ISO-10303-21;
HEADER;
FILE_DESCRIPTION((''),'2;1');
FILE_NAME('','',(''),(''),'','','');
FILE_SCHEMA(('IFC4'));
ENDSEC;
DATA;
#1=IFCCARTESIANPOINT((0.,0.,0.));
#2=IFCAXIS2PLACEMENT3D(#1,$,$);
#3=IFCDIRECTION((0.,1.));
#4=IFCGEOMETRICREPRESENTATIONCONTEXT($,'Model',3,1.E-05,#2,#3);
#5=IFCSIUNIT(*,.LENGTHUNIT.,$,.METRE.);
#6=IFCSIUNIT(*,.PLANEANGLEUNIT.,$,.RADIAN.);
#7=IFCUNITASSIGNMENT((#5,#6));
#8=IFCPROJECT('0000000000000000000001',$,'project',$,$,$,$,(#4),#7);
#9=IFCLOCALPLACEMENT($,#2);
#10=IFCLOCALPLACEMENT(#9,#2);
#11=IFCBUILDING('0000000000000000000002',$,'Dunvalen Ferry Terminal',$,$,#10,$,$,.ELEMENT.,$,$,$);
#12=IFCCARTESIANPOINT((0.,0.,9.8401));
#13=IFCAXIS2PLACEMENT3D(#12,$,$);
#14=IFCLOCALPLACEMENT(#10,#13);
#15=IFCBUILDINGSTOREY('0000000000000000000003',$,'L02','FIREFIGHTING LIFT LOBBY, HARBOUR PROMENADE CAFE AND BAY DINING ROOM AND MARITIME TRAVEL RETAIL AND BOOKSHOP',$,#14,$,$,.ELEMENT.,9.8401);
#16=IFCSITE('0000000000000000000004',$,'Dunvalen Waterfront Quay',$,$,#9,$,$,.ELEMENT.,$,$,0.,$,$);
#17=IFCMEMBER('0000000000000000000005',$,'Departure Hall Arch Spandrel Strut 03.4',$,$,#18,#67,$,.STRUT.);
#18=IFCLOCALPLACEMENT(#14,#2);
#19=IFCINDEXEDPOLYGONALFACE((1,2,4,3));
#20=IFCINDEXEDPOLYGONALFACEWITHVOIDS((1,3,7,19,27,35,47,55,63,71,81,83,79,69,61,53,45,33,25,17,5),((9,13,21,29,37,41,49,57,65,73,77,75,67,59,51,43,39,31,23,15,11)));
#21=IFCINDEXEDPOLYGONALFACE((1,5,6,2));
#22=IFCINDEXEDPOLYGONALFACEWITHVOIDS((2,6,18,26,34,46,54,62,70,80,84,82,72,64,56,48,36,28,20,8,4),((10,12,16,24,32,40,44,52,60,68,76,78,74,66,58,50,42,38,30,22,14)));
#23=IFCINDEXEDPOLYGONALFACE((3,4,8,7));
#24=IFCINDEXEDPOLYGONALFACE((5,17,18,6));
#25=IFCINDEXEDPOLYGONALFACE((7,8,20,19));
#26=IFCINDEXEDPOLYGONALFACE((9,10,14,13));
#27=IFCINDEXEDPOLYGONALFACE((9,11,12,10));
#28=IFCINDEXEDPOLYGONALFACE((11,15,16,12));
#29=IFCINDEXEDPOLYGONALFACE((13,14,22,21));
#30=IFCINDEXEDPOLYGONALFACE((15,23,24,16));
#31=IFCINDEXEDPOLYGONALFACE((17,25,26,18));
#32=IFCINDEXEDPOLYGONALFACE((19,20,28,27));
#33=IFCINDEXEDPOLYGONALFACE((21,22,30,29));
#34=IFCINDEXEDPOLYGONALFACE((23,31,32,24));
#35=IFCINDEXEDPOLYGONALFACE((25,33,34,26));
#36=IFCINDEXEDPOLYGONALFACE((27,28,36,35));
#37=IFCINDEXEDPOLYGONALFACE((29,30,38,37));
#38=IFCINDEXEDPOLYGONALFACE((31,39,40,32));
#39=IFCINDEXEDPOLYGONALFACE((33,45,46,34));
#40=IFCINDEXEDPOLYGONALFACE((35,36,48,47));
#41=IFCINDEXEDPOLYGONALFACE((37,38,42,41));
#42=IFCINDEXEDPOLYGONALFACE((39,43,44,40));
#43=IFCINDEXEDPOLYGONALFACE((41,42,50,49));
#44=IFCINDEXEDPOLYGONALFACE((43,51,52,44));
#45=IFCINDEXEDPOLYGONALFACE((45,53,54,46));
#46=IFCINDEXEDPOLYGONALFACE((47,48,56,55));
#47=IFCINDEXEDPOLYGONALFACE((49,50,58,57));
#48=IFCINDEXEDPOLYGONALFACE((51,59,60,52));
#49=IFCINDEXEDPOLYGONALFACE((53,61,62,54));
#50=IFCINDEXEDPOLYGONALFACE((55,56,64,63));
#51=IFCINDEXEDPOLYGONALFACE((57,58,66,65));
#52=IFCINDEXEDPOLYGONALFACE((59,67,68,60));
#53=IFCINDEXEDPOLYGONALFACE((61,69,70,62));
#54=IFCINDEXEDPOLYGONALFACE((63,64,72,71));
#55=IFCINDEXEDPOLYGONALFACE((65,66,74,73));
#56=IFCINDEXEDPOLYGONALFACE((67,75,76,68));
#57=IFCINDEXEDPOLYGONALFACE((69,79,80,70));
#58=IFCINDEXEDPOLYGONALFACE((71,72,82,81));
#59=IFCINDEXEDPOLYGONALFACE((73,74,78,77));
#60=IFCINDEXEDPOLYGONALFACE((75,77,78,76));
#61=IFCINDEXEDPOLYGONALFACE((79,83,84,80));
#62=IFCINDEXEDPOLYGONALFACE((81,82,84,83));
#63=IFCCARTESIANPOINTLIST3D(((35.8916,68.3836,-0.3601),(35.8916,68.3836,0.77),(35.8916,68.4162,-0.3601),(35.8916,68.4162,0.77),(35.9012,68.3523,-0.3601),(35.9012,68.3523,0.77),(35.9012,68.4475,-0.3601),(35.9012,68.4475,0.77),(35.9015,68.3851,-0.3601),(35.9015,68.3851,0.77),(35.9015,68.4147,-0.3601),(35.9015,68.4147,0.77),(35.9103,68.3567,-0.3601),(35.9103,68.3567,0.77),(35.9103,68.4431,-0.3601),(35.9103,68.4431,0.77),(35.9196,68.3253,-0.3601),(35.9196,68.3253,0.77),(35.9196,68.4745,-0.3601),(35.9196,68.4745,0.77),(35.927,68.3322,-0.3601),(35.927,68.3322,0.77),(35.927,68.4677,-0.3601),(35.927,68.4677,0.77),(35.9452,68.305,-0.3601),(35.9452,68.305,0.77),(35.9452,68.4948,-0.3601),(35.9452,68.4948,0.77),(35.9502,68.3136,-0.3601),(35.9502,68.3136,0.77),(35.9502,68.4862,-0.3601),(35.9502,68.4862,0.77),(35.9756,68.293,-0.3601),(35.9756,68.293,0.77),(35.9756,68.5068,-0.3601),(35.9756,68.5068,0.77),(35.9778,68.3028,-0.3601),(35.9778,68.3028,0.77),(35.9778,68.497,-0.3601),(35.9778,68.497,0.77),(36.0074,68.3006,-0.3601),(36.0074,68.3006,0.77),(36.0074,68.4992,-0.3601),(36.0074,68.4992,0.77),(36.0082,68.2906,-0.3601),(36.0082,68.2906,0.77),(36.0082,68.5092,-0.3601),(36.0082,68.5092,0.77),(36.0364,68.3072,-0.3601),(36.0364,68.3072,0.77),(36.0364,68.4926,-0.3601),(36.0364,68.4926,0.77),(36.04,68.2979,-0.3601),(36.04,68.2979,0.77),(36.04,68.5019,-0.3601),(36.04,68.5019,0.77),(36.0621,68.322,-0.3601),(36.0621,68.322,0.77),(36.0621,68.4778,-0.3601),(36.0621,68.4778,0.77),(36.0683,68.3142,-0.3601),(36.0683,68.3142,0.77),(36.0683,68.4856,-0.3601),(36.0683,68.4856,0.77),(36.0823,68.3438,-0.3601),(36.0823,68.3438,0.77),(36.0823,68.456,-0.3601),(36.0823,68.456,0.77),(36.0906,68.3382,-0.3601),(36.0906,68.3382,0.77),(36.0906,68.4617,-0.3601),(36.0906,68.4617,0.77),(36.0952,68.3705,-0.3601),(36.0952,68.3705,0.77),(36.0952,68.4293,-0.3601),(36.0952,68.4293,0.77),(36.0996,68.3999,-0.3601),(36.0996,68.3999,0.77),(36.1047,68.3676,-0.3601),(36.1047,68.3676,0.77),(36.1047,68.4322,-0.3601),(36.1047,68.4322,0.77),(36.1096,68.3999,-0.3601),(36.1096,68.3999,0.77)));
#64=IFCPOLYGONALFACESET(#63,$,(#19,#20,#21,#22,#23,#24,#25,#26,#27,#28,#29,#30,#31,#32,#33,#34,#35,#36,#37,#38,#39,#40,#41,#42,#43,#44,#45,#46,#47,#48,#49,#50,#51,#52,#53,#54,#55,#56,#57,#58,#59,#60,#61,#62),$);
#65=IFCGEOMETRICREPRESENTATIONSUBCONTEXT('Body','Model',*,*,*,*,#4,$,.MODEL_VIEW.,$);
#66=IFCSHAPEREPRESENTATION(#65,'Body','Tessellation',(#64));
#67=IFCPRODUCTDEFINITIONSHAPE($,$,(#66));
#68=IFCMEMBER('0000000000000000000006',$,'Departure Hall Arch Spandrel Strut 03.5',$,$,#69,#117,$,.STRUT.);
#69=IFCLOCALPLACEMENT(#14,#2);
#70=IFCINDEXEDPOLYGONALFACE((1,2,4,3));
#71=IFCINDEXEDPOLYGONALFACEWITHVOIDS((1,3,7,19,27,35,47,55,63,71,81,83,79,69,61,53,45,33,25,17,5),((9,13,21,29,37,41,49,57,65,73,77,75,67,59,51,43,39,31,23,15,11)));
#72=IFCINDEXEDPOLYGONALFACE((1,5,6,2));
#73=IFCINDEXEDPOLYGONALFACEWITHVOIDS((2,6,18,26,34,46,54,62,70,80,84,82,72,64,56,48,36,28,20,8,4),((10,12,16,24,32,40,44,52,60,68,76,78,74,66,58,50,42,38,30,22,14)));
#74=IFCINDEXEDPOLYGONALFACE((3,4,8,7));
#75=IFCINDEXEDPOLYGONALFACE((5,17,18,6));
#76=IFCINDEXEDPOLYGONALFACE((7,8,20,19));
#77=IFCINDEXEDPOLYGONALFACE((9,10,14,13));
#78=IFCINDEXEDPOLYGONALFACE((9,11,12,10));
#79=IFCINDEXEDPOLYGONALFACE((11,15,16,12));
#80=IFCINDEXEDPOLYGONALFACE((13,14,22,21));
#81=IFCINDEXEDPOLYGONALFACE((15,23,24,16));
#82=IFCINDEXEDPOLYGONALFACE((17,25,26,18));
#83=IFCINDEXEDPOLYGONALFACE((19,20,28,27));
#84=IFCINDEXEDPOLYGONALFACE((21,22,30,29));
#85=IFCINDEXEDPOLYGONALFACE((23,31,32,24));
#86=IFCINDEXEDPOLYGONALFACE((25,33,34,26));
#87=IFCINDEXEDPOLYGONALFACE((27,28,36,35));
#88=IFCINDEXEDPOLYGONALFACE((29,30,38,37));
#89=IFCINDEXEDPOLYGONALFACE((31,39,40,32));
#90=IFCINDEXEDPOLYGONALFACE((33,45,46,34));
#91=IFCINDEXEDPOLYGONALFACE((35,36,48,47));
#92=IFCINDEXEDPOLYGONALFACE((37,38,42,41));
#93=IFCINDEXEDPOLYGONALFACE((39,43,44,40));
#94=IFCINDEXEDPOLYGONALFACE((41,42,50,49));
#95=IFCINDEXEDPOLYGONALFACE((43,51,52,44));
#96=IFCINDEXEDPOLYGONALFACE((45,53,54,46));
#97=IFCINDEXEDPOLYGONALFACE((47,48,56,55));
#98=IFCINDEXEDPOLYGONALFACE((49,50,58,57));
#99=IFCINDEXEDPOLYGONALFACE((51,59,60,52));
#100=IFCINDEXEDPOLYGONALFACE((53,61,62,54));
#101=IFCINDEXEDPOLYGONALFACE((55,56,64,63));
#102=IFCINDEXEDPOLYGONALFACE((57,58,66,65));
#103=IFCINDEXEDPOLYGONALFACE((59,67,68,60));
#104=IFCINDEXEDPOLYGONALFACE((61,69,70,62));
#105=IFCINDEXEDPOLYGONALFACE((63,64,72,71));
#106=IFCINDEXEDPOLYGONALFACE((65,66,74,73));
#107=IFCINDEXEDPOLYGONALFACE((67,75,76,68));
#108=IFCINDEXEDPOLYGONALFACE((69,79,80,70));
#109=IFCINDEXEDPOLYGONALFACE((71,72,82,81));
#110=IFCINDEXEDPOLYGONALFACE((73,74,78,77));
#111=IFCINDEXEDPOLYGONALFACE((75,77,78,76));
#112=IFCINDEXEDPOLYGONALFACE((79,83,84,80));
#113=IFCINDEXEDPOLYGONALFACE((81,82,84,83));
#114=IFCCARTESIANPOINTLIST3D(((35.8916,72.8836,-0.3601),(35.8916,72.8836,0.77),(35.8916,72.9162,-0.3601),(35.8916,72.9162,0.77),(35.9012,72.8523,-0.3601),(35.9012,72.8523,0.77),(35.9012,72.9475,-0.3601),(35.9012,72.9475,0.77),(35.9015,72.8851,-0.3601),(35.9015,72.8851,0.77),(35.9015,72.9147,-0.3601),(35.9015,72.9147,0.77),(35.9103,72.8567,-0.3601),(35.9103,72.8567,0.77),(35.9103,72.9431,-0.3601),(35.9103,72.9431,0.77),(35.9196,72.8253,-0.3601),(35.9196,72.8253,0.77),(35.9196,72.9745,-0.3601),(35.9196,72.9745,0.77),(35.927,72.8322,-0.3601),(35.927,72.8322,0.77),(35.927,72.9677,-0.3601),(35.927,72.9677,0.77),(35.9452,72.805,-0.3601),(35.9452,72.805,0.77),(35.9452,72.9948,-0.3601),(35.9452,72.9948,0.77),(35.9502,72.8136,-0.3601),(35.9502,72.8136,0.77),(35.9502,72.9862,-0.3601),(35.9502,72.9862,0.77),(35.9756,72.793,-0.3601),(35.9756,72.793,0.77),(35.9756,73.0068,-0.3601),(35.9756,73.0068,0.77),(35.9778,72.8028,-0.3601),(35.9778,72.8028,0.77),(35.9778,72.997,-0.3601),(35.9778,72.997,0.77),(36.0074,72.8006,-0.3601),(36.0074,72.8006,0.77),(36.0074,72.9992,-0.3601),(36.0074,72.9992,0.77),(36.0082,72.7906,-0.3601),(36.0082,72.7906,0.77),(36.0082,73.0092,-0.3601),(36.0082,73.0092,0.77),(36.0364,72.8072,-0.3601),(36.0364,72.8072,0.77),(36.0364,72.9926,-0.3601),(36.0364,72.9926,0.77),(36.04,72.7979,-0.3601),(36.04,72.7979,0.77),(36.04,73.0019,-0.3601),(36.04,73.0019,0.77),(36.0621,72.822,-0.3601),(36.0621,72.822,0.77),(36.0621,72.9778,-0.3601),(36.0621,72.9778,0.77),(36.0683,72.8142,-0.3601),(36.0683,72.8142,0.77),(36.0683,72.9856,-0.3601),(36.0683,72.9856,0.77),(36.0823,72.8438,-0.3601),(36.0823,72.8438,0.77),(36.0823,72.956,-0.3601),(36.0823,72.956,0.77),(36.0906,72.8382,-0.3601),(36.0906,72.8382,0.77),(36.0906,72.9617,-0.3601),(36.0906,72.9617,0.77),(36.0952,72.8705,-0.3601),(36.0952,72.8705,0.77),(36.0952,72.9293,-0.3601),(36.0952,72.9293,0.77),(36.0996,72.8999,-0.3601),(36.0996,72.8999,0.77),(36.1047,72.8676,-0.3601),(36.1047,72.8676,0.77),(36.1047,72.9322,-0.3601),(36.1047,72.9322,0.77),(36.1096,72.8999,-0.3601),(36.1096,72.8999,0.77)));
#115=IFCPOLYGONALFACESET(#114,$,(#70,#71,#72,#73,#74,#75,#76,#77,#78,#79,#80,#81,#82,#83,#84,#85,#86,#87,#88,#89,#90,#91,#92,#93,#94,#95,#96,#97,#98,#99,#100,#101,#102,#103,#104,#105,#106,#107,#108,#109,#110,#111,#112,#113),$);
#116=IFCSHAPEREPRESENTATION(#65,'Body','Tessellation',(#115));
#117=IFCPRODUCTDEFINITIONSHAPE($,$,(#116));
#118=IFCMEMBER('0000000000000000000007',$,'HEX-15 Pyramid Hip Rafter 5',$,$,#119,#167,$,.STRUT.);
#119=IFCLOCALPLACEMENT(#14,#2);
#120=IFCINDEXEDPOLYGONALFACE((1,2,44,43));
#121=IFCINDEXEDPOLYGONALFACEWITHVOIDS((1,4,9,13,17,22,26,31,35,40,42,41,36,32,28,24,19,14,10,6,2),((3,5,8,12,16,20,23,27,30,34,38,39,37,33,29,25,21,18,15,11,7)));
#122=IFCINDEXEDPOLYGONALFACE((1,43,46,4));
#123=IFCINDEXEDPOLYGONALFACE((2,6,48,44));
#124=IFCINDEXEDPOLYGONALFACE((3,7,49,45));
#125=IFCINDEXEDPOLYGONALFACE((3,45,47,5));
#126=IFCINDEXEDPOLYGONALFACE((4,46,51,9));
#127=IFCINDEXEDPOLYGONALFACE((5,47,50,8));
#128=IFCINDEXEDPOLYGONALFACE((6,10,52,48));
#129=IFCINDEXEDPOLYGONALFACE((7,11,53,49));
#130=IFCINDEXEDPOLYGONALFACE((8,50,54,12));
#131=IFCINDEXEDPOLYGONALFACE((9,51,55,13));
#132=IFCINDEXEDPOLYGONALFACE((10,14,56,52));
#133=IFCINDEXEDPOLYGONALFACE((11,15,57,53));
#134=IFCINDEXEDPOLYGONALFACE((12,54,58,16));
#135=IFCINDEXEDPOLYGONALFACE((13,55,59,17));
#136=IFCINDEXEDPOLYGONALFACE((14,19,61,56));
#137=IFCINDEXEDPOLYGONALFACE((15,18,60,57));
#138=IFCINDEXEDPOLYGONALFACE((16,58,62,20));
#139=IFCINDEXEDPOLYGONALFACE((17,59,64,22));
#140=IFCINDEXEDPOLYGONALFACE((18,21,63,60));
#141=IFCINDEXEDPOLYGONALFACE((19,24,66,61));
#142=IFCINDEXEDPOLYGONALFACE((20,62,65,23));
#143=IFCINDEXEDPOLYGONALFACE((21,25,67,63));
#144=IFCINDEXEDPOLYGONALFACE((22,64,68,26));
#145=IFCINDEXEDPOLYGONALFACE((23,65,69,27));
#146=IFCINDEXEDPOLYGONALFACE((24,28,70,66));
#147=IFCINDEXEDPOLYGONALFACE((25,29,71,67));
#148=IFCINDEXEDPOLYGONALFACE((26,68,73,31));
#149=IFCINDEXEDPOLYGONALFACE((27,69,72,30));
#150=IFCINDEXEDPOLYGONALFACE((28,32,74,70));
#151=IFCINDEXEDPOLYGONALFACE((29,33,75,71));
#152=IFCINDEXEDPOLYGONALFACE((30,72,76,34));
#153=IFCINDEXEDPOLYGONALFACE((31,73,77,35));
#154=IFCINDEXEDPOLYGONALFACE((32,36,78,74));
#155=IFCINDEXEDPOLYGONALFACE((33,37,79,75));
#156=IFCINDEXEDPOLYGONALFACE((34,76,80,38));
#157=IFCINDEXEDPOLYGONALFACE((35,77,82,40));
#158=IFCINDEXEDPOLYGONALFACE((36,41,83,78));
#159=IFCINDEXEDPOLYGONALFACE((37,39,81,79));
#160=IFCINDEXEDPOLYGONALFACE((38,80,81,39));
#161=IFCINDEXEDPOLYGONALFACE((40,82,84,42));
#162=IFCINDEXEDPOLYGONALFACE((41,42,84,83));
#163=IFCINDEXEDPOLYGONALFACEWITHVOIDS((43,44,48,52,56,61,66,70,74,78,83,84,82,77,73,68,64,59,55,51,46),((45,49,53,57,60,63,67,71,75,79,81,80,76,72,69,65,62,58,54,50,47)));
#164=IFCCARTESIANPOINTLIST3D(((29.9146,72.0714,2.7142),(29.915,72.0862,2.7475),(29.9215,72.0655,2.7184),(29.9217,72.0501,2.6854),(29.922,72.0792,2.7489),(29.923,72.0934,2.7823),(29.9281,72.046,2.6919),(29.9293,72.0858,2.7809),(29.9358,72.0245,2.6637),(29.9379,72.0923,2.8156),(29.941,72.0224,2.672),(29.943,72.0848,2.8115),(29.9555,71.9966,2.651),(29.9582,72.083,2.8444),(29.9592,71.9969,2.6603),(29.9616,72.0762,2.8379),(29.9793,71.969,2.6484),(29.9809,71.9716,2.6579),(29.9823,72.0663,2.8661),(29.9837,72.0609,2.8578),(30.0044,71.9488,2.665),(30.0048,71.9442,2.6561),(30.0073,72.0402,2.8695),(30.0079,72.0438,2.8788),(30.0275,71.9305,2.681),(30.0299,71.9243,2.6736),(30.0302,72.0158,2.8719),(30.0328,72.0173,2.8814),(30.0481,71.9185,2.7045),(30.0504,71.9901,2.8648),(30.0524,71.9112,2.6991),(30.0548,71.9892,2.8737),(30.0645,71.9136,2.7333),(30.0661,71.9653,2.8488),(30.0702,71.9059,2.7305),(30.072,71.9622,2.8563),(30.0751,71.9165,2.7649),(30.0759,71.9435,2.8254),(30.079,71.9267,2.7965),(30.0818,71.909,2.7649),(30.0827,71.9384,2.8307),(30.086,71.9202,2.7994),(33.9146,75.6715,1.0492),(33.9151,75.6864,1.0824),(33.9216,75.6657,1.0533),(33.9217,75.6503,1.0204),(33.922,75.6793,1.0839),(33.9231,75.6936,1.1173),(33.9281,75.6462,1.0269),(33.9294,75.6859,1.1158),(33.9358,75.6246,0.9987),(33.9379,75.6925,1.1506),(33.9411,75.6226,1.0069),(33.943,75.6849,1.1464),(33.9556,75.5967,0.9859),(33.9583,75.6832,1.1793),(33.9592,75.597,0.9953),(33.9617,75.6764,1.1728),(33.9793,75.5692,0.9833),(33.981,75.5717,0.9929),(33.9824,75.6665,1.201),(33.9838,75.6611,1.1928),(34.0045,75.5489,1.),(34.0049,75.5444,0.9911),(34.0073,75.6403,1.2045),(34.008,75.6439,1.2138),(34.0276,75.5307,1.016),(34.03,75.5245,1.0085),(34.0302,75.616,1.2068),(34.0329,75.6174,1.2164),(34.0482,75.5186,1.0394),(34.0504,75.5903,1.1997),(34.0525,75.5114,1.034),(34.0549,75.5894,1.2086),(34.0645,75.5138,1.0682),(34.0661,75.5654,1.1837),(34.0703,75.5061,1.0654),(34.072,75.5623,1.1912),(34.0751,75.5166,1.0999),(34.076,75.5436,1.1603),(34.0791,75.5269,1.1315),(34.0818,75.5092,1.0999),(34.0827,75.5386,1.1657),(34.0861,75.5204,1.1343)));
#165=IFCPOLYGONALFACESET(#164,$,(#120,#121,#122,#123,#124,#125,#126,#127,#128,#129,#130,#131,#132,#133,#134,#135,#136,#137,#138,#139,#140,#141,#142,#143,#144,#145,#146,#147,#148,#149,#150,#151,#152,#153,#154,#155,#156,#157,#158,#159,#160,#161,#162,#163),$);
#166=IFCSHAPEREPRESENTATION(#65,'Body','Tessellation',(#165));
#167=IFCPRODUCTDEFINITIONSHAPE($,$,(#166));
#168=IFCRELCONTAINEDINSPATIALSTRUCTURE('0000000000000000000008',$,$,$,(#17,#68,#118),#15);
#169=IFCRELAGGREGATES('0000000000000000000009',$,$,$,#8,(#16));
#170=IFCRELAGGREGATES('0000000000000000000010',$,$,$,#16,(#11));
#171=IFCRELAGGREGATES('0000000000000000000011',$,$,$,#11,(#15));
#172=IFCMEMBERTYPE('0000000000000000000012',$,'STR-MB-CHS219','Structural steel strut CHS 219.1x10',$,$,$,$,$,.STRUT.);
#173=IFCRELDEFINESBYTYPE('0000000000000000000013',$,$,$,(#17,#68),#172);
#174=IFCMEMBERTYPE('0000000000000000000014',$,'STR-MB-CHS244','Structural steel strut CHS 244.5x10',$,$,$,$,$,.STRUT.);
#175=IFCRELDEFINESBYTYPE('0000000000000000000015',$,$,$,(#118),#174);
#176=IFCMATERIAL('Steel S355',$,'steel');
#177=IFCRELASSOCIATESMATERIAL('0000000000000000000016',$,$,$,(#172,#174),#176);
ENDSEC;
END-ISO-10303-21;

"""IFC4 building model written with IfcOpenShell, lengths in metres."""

from ifc_helpers import new_model, si_unit, direction, frame, origin, origin_2d, place, context, subcontext, project, spatial, hollow_circle, extrude, material, material_profile, profile_set, type_object, element, save


model = new_model("IFC4")

# Units and contexts
model_context = context("Model", 3, precision=1e-05, world=origin(), true_north=direction((0.0, 1.0)))
body_context = subcontext(model_context, "Body", "Model", "MODEL_VIEW")
ifc_project = project(units=[si_unit("LENGTHUNIT", "METRE"), si_unit("PLANEANGLEUNIT", "RADIAN")], contexts=[model_context])

# Site, building, storey
site_placement = place(None, origin())
site = spatial("IfcSite", under=ifc_project, at=site_placement, Name="Dunvalen Waterfront Quay", CompositionType="ELEMENT", RefElevation=0.0)
building_placement = place(site_placement, origin())
building = spatial("IfcBuilding", under=site, at=building_placement, Name="Dunvalen Ferry Terminal", CompositionType="ELEMENT")
storey_placement = place(building_placement, frame((0.0, 0.0, 9.8401)))
storey = spatial("IfcBuildingStorey", under=building, at=storey_placement, Name="L02", Description="FIREFIGHTING LIFT LOBBY, HARBOUR PROMENADE CAFE AND BAY DINING ROOM AND MARITIME TRAVEL RETAIL AND BOOKSHOP", CompositionType="ELEMENT", Elevation=9.8401)

# Shared definitions
ifc_material_1 = material(Name="Steel S355", Category="steel")

# Members
ifc_material_profile_1 = material_profile(ifc_material_1, hollow_circle(Radius=0.1096, WallThickness=0.01, at=origin_2d()), Name="Steel S355")
ifc_profile_set_1 = profile_set([ifc_material_profile_1], Name="Steel S355")
member_type_1 = type_object("IfcMemberType", Name="STR-MB-CHS219", Description="Structural steel strut CHS 219.1x10", PredefinedType="STRUT", material=ifc_profile_set_1)
for number, where, z_axis, x_axis, name in (
    (1, (36.0, 68.3999, -0.3601), (0.0, 0.0, 1.0), (1.0, 0.0, 0.0), "Departure Hall Arch Spandrel Strut 03.4"),
    (2, (36.0, 72.8999, -0.3601), (0.0, 0.0, 1.0), (1.0, 0.0, 0.0), "Departure Hall Arch Spandrel Strut 03.5"),
):
    element("IfcMember", number, at=place(storey_placement, frame(where, z_axis=z_axis, x_axis=x_axis)), inside=storey, type_object=member_type_1, Name=name, PredefinedType="STRUT", context=body_context, shape_type="SweptSolid", body=[
        extrude(hollow_circle(Radius=0.1096, WallThickness=0.01, at=origin_2d()), origin(), (0.0, 0.0, 1.0), 1.1301),
    ])
ifc_material_profile_2 = material_profile(ifc_material_1, hollow_circle(Radius=0.1223, WallThickness=0.01, at=origin_2d()), Name="Steel S355")
ifc_profile_set_2 = profile_set([ifc_material_profile_2], Name="Steel S355")
member_type_2 = type_object("IfcMemberType", Name="STR-MB-CHS244", Description="Structural steel strut CHS 244.5x10", PredefinedType="STRUT", material=ifc_profile_set_2)
member_1_placement = place(storey_placement, frame((34.0, 75.6001, 1.0999), z_axis=(-0.710075, -0.639085, 0.295576), x_axis=(0.668975, -0.743285, 0.0)))
element("IfcMember", 3, at=member_1_placement, inside=storey, type_object=member_type_2, Name="HEX-15 Pyramid Hip Rafter 5", PredefinedType="STRUT", context=body_context, shape_type="SweptSolid", body=[
    extrude(hollow_circle(Radius=0.1223, WallThickness=0.01, at=origin_2d()), origin(), (0.0, 0.0, 1.0), 5.6333),
])

save(model, "model.ifc")
